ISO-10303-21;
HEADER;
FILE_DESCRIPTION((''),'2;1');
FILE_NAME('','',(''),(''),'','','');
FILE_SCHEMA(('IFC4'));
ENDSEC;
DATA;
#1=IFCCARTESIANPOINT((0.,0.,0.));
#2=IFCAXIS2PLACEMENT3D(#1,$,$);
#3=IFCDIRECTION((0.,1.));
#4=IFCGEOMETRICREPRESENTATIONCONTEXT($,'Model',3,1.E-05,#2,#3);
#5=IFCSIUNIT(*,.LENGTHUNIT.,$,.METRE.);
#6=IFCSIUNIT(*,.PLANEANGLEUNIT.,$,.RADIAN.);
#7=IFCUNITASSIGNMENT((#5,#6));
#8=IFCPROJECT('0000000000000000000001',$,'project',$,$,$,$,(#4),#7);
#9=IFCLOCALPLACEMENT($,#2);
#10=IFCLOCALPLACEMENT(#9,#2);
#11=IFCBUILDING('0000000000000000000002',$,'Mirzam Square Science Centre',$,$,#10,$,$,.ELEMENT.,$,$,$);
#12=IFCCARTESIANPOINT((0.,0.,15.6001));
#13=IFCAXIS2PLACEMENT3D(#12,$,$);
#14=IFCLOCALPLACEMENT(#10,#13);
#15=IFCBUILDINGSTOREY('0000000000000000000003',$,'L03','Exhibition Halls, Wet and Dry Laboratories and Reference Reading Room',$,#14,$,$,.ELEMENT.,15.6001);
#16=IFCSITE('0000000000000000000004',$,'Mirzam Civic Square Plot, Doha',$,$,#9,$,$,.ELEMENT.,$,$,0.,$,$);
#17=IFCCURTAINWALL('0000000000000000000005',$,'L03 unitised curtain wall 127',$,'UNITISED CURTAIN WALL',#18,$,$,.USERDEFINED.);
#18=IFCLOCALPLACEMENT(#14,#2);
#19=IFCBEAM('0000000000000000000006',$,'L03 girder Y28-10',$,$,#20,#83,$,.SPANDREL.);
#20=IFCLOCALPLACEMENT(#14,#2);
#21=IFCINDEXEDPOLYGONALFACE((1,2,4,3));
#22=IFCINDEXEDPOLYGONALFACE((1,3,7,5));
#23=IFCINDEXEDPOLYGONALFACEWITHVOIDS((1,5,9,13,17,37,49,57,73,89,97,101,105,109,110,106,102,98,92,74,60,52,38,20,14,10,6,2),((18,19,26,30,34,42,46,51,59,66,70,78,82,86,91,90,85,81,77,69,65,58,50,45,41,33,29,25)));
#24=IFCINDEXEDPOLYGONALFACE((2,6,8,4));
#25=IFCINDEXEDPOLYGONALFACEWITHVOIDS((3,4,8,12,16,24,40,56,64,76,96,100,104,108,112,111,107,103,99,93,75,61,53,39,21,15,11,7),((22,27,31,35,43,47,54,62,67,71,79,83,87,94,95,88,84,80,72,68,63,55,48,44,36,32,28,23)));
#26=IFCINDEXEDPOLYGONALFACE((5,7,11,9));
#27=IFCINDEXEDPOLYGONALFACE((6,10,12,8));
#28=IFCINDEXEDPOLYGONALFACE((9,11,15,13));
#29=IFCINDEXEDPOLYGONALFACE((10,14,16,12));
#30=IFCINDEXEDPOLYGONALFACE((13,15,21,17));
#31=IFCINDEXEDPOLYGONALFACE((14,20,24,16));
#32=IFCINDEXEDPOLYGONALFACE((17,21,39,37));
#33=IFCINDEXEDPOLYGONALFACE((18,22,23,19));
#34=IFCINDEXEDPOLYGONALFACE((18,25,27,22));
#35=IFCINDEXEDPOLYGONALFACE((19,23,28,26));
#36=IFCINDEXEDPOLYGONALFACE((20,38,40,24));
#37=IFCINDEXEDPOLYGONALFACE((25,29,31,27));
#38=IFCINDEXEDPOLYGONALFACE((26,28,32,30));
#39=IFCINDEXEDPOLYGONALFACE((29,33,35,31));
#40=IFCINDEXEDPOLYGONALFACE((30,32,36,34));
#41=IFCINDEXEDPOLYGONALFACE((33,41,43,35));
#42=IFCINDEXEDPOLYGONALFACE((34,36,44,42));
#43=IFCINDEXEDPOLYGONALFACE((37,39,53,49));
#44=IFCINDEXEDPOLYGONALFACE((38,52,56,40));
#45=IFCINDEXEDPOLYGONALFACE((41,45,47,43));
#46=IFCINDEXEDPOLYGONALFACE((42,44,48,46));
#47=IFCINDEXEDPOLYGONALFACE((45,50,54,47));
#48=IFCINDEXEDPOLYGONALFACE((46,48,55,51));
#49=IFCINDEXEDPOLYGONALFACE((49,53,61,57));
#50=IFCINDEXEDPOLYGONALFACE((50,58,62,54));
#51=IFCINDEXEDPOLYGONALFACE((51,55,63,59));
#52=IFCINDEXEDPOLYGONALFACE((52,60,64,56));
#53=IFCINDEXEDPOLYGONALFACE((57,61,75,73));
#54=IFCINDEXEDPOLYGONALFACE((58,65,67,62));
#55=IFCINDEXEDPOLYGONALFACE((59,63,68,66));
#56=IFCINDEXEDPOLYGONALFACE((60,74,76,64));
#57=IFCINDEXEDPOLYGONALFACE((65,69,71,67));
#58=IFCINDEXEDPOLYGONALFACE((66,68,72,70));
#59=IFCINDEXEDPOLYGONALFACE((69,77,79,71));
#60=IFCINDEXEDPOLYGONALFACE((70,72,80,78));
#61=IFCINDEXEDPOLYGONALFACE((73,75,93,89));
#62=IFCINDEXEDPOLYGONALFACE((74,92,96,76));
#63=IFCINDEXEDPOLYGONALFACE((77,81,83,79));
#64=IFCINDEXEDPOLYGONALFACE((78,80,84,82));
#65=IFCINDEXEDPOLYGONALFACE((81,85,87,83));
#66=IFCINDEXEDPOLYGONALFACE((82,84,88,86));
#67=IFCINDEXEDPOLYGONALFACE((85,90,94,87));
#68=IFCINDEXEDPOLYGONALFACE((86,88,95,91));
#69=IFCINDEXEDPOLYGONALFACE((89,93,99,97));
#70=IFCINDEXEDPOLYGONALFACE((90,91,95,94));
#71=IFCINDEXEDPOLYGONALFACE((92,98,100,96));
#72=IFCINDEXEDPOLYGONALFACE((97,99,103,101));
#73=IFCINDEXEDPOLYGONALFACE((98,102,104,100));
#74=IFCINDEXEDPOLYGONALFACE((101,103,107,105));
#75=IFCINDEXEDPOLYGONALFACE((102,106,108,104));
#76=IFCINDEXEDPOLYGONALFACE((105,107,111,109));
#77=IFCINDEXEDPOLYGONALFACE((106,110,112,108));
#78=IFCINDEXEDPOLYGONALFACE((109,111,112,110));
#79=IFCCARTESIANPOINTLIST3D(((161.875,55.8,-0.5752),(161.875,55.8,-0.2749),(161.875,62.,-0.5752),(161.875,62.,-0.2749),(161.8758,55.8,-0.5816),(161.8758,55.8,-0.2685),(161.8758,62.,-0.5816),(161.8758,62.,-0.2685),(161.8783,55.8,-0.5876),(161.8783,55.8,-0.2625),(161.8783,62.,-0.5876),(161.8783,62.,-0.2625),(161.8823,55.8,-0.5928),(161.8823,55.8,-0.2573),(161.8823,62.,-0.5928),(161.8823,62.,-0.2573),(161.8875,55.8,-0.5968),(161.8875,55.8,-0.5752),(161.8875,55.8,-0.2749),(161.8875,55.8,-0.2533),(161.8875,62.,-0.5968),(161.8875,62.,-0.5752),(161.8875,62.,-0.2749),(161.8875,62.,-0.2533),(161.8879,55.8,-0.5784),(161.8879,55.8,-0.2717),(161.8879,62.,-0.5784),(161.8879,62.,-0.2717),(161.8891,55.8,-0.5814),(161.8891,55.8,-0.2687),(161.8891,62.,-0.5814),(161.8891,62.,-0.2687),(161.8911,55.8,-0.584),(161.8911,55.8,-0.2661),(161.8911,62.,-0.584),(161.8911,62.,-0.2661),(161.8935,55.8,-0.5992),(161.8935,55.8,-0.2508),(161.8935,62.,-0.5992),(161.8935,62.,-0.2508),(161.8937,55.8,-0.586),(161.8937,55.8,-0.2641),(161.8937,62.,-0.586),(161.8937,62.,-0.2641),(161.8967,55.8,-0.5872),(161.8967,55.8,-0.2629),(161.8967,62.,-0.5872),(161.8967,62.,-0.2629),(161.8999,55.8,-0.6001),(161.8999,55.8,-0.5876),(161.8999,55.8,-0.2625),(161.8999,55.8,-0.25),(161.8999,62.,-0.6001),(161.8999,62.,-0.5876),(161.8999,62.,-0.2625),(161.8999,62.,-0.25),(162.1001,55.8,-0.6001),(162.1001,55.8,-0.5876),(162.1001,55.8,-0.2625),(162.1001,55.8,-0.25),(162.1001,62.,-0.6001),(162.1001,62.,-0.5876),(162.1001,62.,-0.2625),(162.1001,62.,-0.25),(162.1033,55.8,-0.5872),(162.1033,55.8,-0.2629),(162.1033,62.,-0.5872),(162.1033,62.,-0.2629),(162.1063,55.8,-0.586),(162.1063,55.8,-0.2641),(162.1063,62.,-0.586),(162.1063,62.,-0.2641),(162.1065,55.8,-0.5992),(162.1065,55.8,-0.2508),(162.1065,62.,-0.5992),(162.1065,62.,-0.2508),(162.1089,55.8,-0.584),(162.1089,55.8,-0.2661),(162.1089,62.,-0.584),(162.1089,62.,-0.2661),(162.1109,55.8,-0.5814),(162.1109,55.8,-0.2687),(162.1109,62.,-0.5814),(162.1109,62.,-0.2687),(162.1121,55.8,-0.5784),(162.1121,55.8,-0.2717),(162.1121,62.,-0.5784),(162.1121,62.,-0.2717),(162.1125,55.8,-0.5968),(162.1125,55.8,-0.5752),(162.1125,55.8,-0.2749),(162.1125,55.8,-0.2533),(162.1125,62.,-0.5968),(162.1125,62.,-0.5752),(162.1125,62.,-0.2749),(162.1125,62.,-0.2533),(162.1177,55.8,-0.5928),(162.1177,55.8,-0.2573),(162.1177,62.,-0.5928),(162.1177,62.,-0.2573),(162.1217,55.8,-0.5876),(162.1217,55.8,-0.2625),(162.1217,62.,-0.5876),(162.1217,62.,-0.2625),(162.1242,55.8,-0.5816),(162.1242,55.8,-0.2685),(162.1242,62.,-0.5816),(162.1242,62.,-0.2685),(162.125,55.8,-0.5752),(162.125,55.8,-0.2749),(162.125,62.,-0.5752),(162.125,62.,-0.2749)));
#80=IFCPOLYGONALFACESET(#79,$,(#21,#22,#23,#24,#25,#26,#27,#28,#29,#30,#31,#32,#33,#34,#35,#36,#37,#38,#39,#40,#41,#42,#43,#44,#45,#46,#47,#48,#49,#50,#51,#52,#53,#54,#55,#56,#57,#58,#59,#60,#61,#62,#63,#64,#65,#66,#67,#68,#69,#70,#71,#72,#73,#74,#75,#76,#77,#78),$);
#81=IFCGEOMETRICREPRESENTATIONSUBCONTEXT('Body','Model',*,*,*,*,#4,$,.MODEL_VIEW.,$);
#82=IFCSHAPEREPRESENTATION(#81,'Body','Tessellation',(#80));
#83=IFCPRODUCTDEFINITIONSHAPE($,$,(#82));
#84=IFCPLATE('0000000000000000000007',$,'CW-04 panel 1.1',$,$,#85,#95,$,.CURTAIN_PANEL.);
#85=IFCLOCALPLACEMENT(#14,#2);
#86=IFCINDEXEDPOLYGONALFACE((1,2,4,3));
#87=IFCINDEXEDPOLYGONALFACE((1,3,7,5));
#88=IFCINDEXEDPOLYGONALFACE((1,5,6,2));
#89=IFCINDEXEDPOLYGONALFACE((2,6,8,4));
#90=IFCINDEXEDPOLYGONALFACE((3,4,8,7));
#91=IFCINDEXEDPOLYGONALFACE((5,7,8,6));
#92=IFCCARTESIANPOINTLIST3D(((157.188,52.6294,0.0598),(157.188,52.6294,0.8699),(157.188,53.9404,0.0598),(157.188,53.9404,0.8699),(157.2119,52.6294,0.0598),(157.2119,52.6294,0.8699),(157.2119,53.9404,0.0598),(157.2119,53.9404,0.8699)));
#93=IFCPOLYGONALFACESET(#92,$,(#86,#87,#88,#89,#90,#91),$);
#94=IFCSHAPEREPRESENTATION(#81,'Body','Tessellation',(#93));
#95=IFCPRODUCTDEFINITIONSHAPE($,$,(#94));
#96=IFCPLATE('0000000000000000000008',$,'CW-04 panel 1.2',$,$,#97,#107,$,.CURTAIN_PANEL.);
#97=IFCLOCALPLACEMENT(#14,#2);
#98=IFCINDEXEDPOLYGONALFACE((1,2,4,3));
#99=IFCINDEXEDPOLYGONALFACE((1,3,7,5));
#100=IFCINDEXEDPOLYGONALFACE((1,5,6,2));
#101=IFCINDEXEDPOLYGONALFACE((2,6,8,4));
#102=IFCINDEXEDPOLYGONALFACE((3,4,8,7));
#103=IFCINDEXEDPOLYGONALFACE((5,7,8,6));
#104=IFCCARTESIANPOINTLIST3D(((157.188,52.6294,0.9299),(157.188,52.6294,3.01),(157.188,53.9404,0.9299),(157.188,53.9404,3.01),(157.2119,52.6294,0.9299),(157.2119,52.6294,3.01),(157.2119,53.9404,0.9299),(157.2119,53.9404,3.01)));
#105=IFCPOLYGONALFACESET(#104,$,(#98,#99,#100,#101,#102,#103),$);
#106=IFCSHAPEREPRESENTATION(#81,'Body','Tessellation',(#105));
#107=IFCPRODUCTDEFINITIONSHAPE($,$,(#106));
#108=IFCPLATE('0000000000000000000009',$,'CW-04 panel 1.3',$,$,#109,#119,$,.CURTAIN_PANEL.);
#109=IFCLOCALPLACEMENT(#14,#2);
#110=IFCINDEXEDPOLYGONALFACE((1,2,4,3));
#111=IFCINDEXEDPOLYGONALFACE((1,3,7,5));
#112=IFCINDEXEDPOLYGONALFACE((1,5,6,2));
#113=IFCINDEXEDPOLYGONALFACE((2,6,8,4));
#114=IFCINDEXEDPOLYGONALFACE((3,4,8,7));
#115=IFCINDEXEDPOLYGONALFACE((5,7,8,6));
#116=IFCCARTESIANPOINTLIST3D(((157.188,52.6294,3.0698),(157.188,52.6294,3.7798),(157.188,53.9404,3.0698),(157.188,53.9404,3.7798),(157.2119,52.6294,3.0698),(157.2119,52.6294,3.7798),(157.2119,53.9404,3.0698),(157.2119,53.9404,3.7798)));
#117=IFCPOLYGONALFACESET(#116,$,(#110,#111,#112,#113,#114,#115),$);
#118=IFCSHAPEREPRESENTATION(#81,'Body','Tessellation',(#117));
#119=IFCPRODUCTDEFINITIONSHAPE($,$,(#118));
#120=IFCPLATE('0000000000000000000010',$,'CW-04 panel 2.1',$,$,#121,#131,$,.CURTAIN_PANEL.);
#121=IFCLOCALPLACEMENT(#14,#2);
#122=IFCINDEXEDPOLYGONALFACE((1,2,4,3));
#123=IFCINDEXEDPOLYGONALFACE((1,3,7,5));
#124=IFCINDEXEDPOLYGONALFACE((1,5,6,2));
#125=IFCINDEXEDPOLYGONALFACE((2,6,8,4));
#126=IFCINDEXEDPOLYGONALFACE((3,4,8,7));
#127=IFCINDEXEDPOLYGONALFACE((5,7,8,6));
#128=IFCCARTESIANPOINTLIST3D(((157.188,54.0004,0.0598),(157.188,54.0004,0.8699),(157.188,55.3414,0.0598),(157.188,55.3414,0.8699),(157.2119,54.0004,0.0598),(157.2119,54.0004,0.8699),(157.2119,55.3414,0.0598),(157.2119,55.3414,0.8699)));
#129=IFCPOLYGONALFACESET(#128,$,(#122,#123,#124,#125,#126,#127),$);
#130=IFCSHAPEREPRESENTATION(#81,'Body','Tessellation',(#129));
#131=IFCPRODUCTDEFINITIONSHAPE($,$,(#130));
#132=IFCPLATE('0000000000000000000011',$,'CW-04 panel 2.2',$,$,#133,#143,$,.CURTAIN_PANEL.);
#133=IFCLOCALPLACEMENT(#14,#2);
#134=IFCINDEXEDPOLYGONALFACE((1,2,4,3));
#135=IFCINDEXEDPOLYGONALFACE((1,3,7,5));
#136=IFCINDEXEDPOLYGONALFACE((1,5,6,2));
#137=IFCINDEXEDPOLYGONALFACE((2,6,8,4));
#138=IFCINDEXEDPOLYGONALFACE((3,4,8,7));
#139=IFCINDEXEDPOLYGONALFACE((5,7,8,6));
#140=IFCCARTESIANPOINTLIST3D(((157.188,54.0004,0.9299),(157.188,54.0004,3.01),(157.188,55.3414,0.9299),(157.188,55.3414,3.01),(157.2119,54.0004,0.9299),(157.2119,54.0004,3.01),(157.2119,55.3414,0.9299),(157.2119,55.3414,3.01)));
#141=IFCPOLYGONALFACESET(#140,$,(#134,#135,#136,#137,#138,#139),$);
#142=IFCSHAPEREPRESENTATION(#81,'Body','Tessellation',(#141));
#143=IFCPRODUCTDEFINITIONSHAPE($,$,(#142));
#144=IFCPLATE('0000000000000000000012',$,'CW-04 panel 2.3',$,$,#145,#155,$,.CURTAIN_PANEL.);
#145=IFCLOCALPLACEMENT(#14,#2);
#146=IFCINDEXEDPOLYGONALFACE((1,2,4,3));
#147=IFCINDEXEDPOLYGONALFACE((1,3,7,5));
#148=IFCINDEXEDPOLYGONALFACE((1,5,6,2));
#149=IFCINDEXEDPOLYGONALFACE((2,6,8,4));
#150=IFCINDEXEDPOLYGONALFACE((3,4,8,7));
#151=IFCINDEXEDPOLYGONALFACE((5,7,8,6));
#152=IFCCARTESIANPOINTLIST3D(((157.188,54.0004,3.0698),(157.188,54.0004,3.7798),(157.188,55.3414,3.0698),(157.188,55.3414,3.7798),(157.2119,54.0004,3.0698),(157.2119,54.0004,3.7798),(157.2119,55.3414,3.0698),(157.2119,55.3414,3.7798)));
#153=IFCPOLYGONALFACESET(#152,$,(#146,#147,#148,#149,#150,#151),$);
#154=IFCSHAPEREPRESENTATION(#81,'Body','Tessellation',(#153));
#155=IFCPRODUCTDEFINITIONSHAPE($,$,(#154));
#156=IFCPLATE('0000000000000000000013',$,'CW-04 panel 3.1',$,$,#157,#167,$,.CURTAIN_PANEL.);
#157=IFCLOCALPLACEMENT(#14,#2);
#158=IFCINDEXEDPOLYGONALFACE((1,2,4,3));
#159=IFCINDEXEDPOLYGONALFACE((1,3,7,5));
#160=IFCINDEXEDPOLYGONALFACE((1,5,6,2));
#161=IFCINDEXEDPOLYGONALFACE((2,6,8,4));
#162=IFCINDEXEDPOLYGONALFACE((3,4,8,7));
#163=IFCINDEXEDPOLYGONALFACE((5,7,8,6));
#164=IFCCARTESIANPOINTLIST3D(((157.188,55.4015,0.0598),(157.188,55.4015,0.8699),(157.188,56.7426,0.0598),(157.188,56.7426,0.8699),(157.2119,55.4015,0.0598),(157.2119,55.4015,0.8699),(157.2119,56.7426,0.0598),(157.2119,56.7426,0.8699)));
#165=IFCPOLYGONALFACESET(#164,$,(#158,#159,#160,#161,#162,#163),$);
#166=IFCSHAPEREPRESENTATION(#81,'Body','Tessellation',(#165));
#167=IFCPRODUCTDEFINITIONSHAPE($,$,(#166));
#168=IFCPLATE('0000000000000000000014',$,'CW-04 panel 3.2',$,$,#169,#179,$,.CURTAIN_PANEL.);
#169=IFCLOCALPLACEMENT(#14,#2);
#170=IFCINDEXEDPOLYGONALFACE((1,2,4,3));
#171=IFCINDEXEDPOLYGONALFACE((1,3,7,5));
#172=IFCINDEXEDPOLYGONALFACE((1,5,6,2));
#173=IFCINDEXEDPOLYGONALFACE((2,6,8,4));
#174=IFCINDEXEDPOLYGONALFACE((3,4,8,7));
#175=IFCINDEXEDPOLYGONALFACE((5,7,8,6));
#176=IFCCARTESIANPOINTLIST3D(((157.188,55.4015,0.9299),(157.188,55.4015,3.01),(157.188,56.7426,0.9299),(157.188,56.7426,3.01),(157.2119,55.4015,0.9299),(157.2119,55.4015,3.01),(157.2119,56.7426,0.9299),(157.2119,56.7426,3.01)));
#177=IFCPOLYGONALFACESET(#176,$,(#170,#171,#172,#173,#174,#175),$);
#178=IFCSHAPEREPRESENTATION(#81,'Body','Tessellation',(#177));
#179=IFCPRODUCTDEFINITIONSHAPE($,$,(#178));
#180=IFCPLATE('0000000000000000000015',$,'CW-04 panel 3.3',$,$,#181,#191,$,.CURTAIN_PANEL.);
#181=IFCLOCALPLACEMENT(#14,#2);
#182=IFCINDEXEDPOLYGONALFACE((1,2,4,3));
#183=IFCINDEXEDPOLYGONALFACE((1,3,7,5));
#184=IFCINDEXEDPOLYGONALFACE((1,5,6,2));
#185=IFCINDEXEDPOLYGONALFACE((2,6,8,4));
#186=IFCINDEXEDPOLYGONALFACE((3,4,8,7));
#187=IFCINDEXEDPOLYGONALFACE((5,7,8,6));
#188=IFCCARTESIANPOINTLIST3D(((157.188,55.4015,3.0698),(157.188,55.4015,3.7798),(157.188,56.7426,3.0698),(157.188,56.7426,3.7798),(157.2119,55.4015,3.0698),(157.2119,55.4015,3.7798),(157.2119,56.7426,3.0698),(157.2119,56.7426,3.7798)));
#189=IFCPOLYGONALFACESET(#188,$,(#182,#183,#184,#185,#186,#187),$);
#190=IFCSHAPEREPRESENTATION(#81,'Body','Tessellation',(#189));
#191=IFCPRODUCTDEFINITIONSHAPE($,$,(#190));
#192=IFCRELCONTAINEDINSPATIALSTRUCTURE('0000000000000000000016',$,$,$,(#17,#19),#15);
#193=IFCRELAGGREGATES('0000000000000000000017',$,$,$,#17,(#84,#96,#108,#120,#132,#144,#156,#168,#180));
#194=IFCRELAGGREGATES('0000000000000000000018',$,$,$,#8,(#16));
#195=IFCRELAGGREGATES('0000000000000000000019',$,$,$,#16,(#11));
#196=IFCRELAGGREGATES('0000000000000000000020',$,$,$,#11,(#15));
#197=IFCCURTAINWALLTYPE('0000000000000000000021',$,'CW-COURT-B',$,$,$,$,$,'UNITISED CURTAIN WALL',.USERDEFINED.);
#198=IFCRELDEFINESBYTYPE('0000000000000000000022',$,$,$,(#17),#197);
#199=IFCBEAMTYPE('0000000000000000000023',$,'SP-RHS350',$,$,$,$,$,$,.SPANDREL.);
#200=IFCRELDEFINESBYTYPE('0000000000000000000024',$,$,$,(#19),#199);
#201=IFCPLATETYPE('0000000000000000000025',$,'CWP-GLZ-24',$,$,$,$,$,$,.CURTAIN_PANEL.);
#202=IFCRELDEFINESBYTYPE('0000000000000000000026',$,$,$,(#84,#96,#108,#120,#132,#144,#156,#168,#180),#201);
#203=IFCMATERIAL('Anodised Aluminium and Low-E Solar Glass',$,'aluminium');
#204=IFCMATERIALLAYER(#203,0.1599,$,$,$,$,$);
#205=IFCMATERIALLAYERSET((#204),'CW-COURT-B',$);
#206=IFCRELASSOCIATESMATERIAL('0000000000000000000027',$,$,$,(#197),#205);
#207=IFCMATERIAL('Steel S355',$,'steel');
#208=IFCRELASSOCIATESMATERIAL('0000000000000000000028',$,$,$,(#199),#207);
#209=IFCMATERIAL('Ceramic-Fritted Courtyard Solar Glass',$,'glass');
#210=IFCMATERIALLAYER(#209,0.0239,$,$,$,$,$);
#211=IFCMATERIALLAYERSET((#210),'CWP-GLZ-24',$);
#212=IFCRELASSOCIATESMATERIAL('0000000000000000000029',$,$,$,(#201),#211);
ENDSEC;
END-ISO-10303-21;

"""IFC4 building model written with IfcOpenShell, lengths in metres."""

from ifc_helpers import new_model, si_unit, direction, frame, origin, origin_2d, place, context, subcontext, project, spatial, rectangle, hollow_rectangle, extrude, material, layer, layer_set, material_profile, profile_set, type_object, element, aggregate, save


model = new_model("IFC4")

# Units and contexts
model_context = context("Model", 3, precision=1e-05, world=origin(), true_north=direction((0.0, 1.0)))
body_context = subcontext(model_context, "Body", "Model", "MODEL_VIEW")
ifc_project = project(units=[si_unit("LENGTHUNIT", "METRE"), si_unit("PLANEANGLEUNIT", "RADIAN")], contexts=[model_context])

# Site, building, storey
site_placement = place(None, origin())
site = spatial("IfcSite", under=ifc_project, at=site_placement, Name="Mirzam Civic Square Plot, Doha", CompositionType="ELEMENT", RefElevation=0.0)
building_placement = place(site_placement, origin())
building = spatial("IfcBuilding", under=site, at=building_placement, Name="Mirzam Square Science Centre", CompositionType="ELEMENT")
storey_placement = place(building_placement, frame((0.0, 0.0, 15.6001)))
storey = spatial("IfcBuildingStorey", under=building, at=storey_placement, Name="L03", Description="Exhibition Halls, Wet and Dry Laboratories and Reference Reading Room", CompositionType="ELEMENT", Elevation=15.6001)

# Shared definitions
ifc_material_1 = material(Name="Steel S355", Category="steel")

# Curtain wall
ifc_material_2 = material(Name="Anodised Aluminium and Low-E Solar Glass", Category="aluminium")
ifc_layer_1 = layer(ifc_material_2, 0.1599)
ifc_layer_set_1 = layer_set([ifc_layer_1], Name="CW-COURT-B")
curtain_wall_type = type_object("IfcCurtainWallType", Name="CW-COURT-B", ElementType="UNITISED CURTAIN WALL", PredefinedType="USERDEFINED", material=ifc_layer_set_1)
curtain_wall_placement = place(storey_placement, origin())
curtain_wall = element("IfcCurtainWall", 1, at=curtain_wall_placement, inside=storey, type_object=curtain_wall_type, Name="L03 unitised curtain wall 127", ObjectType="UNITISED CURTAIN WALL", PredefinedType="USERDEFINED")

# Beam
ifc_material_profile_1 = material_profile(ifc_material_1, hollow_rectangle(XDim=0.25, YDim=0.3501, WallThickness=0.0125, InnerFilletRadius=0.0125, OuterFilletRadius=0.0249, at=origin_2d()), Name="350x250x12.5RHS")
ifc_profile_set_1 = profile_set([ifc_material_profile_1], Name="Steel S355")
beam_type = type_object("IfcBeamType", Name="SP-RHS350", PredefinedType="SPANDREL", material=ifc_profile_set_1)
for number, where, z_axis, x_axis, name in (
    (2, (162.0, 55.8, -0.425), (0.0, 1.0, 0.0), (-1.0, 0.0, 0.0), "L03 girder Y28-10"),
):
    element("IfcBeam", number, at=place(storey_placement, frame(where, z_axis=z_axis, x_axis=x_axis)), inside=storey, type_object=beam_type, Name=name, PredefinedType="SPANDREL", context=body_context, shape_type="SweptSolid", body=[
        extrude(hollow_rectangle(XDim=0.25, YDim=0.3501, WallThickness=0.0125, InnerFilletRadius=0.0125, OuterFilletRadius=0.0249, at=origin_2d()), origin(), (0.0, 0.0, 1.0), 6.2),
    ])

# Plates
ifc_material_3 = material(Name="Ceramic-Fritted Courtyard Solar Glass", Category="glass")
ifc_layer_2 = layer(ifc_material_3, 0.0239)
ifc_layer_set_2 = layer_set([ifc_layer_2], Name="CWP-GLZ-24")
plate_type = type_object("IfcPlateType", Name="CWP-GLZ-24", PredefinedType="CURTAIN_PANEL", material=ifc_layer_set_2)
plate_1_placement = place(storey_placement, frame((157.2, 53.2849, 0.0598), z_axis=(0.0, 0.0, 1.0), x_axis=(0.0, 1.0, 0.0)))
plate_1 = element("IfcPlate", 3, at=plate_1_placement, type_object=plate_type, Name="CW-04 panel 1.1", PredefinedType="CURTAIN_PANEL", context=body_context, shape_type="SweptSolid", body=[
    extrude(rectangle(XDim=1.311, YDim=0.0239, at=origin_2d()), origin(), (0.0, 0.0, 1.0), 0.8101),
])
plate_2_placement = place(storey_placement, frame((157.2, 53.2849, 0.9299), z_axis=(0.0, 0.0, 1.0), x_axis=(0.0, 1.0, 0.0)))
plate_2 = element("IfcPlate", 4, at=plate_2_placement, type_object=plate_type, Name="CW-04 panel 1.2", PredefinedType="CURTAIN_PANEL", context=body_context, shape_type="SweptSolid", body=[
    extrude(rectangle(XDim=1.311, YDim=0.0239, at=origin_2d()), origin(), (0.0, 0.0, 1.0), 2.0801),
])
plate_3_placement = place(storey_placement, frame((157.2, 53.2849, 3.0698), z_axis=(0.0, 0.0, 1.0), x_axis=(0.0, 1.0, 0.0)))
plate_3 = element("IfcPlate", 5, at=plate_3_placement, type_object=plate_type, Name="CW-04 panel 1.3", PredefinedType="CURTAIN_PANEL", context=body_context, shape_type="SweptSolid", body=[
    extrude(rectangle(XDim=1.311, YDim=0.0239, at=origin_2d()), origin(), (0.0, 0.0, 1.0), 0.71),
])
plate_4_placement = place(storey_placement, frame((157.2, 54.6709, 0.0598), z_axis=(0.0, 0.0, 1.0), x_axis=(0.0, 1.0, 0.0)))
plate_4 = element("IfcPlate", 6, at=plate_4_placement, type_object=plate_type, Name="CW-04 panel 2.1", PredefinedType="CURTAIN_PANEL", context=body_context, shape_type="SweptSolid", body=[
    extrude(rectangle(XDim=1.3411, YDim=0.0239, at=origin_2d()), origin(), (0.0, 0.0, 1.0), 0.8101),
])
plate_5_placement = place(storey_placement, frame((157.2, 54.6709, 0.9299), z_axis=(0.0, 0.0, 1.0), x_axis=(0.0, 1.0, 0.0)))
plate_5 = element("IfcPlate", 7, at=plate_5_placement, type_object=plate_type, Name="CW-04 panel 2.2", PredefinedType="CURTAIN_PANEL", context=body_context, shape_type="SweptSolid", body=[
    extrude(rectangle(XDim=1.3411, YDim=0.0239, at=origin_2d()), origin(), (0.0, 0.0, 1.0), 2.0801),
])
plate_6_placement = place(storey_placement, frame((157.2, 54.6709, 3.0698), z_axis=(0.0, 0.0, 1.0), x_axis=(0.0, 1.0, 0.0)))
plate_6 = element("IfcPlate", 8, at=plate_6_placement, type_object=plate_type, Name="CW-04 panel 2.3", PredefinedType="CURTAIN_PANEL", context=body_context, shape_type="SweptSolid", body=[
    extrude(rectangle(XDim=1.3411, YDim=0.0239, at=origin_2d()), origin(), (0.0, 0.0, 1.0), 0.71),
])
plate_7_placement = place(storey_placement, frame((157.2, 56.072, 0.0598), z_axis=(0.0, 0.0, 1.0), x_axis=(0.0, 1.0, 0.0)))
plate_7 = element("IfcPlate", 9, at=plate_7_placement, type_object=plate_type, Name="CW-04 panel 3.1", PredefinedType="CURTAIN_PANEL", context=body_context, shape_type="SweptSolid", body=[
    extrude(rectangle(XDim=1.3411, YDim=0.0239, at=origin_2d()), origin(), (0.0, 0.0, 1.0), 0.8101),
])
plate_8_placement = place(storey_placement, frame((157.2, 56.072, 0.9299), z_axis=(0.0, 0.0, 1.0), x_axis=(0.0, 1.0, 0.0)))
plate_8 = element("IfcPlate", 10, at=plate_8_placement, type_object=plate_type, Name="CW-04 panel 3.2", PredefinedType="CURTAIN_PANEL", context=body_context, shape_type="SweptSolid", body=[
    extrude(rectangle(XDim=1.3411, YDim=0.0239, at=origin_2d()), origin(), (0.0, 0.0, 1.0), 2.0801),
])
plate_9_placement = place(storey_placement, frame((157.2, 56.072, 3.0698), z_axis=(0.0, 0.0, 1.0), x_axis=(0.0, 1.0, 0.0)))
plate_9 = element("IfcPlate", 11, at=plate_9_placement, type_object=plate_type, Name="CW-04 panel 3.3", PredefinedType="CURTAIN_PANEL", context=body_context, shape_type="SweptSolid", body=[
    extrude(rectangle(XDim=1.3411, YDim=0.0239, at=origin_2d()), origin(), (0.0, 0.0, 1.0), 0.71),
])
aggregate(curtain_wall, [plate_1, plate_2, plate_3, plate_4, plate_5, plate_6, plate_7, plate_8, plate_9])

save(model, "model.ifc")
